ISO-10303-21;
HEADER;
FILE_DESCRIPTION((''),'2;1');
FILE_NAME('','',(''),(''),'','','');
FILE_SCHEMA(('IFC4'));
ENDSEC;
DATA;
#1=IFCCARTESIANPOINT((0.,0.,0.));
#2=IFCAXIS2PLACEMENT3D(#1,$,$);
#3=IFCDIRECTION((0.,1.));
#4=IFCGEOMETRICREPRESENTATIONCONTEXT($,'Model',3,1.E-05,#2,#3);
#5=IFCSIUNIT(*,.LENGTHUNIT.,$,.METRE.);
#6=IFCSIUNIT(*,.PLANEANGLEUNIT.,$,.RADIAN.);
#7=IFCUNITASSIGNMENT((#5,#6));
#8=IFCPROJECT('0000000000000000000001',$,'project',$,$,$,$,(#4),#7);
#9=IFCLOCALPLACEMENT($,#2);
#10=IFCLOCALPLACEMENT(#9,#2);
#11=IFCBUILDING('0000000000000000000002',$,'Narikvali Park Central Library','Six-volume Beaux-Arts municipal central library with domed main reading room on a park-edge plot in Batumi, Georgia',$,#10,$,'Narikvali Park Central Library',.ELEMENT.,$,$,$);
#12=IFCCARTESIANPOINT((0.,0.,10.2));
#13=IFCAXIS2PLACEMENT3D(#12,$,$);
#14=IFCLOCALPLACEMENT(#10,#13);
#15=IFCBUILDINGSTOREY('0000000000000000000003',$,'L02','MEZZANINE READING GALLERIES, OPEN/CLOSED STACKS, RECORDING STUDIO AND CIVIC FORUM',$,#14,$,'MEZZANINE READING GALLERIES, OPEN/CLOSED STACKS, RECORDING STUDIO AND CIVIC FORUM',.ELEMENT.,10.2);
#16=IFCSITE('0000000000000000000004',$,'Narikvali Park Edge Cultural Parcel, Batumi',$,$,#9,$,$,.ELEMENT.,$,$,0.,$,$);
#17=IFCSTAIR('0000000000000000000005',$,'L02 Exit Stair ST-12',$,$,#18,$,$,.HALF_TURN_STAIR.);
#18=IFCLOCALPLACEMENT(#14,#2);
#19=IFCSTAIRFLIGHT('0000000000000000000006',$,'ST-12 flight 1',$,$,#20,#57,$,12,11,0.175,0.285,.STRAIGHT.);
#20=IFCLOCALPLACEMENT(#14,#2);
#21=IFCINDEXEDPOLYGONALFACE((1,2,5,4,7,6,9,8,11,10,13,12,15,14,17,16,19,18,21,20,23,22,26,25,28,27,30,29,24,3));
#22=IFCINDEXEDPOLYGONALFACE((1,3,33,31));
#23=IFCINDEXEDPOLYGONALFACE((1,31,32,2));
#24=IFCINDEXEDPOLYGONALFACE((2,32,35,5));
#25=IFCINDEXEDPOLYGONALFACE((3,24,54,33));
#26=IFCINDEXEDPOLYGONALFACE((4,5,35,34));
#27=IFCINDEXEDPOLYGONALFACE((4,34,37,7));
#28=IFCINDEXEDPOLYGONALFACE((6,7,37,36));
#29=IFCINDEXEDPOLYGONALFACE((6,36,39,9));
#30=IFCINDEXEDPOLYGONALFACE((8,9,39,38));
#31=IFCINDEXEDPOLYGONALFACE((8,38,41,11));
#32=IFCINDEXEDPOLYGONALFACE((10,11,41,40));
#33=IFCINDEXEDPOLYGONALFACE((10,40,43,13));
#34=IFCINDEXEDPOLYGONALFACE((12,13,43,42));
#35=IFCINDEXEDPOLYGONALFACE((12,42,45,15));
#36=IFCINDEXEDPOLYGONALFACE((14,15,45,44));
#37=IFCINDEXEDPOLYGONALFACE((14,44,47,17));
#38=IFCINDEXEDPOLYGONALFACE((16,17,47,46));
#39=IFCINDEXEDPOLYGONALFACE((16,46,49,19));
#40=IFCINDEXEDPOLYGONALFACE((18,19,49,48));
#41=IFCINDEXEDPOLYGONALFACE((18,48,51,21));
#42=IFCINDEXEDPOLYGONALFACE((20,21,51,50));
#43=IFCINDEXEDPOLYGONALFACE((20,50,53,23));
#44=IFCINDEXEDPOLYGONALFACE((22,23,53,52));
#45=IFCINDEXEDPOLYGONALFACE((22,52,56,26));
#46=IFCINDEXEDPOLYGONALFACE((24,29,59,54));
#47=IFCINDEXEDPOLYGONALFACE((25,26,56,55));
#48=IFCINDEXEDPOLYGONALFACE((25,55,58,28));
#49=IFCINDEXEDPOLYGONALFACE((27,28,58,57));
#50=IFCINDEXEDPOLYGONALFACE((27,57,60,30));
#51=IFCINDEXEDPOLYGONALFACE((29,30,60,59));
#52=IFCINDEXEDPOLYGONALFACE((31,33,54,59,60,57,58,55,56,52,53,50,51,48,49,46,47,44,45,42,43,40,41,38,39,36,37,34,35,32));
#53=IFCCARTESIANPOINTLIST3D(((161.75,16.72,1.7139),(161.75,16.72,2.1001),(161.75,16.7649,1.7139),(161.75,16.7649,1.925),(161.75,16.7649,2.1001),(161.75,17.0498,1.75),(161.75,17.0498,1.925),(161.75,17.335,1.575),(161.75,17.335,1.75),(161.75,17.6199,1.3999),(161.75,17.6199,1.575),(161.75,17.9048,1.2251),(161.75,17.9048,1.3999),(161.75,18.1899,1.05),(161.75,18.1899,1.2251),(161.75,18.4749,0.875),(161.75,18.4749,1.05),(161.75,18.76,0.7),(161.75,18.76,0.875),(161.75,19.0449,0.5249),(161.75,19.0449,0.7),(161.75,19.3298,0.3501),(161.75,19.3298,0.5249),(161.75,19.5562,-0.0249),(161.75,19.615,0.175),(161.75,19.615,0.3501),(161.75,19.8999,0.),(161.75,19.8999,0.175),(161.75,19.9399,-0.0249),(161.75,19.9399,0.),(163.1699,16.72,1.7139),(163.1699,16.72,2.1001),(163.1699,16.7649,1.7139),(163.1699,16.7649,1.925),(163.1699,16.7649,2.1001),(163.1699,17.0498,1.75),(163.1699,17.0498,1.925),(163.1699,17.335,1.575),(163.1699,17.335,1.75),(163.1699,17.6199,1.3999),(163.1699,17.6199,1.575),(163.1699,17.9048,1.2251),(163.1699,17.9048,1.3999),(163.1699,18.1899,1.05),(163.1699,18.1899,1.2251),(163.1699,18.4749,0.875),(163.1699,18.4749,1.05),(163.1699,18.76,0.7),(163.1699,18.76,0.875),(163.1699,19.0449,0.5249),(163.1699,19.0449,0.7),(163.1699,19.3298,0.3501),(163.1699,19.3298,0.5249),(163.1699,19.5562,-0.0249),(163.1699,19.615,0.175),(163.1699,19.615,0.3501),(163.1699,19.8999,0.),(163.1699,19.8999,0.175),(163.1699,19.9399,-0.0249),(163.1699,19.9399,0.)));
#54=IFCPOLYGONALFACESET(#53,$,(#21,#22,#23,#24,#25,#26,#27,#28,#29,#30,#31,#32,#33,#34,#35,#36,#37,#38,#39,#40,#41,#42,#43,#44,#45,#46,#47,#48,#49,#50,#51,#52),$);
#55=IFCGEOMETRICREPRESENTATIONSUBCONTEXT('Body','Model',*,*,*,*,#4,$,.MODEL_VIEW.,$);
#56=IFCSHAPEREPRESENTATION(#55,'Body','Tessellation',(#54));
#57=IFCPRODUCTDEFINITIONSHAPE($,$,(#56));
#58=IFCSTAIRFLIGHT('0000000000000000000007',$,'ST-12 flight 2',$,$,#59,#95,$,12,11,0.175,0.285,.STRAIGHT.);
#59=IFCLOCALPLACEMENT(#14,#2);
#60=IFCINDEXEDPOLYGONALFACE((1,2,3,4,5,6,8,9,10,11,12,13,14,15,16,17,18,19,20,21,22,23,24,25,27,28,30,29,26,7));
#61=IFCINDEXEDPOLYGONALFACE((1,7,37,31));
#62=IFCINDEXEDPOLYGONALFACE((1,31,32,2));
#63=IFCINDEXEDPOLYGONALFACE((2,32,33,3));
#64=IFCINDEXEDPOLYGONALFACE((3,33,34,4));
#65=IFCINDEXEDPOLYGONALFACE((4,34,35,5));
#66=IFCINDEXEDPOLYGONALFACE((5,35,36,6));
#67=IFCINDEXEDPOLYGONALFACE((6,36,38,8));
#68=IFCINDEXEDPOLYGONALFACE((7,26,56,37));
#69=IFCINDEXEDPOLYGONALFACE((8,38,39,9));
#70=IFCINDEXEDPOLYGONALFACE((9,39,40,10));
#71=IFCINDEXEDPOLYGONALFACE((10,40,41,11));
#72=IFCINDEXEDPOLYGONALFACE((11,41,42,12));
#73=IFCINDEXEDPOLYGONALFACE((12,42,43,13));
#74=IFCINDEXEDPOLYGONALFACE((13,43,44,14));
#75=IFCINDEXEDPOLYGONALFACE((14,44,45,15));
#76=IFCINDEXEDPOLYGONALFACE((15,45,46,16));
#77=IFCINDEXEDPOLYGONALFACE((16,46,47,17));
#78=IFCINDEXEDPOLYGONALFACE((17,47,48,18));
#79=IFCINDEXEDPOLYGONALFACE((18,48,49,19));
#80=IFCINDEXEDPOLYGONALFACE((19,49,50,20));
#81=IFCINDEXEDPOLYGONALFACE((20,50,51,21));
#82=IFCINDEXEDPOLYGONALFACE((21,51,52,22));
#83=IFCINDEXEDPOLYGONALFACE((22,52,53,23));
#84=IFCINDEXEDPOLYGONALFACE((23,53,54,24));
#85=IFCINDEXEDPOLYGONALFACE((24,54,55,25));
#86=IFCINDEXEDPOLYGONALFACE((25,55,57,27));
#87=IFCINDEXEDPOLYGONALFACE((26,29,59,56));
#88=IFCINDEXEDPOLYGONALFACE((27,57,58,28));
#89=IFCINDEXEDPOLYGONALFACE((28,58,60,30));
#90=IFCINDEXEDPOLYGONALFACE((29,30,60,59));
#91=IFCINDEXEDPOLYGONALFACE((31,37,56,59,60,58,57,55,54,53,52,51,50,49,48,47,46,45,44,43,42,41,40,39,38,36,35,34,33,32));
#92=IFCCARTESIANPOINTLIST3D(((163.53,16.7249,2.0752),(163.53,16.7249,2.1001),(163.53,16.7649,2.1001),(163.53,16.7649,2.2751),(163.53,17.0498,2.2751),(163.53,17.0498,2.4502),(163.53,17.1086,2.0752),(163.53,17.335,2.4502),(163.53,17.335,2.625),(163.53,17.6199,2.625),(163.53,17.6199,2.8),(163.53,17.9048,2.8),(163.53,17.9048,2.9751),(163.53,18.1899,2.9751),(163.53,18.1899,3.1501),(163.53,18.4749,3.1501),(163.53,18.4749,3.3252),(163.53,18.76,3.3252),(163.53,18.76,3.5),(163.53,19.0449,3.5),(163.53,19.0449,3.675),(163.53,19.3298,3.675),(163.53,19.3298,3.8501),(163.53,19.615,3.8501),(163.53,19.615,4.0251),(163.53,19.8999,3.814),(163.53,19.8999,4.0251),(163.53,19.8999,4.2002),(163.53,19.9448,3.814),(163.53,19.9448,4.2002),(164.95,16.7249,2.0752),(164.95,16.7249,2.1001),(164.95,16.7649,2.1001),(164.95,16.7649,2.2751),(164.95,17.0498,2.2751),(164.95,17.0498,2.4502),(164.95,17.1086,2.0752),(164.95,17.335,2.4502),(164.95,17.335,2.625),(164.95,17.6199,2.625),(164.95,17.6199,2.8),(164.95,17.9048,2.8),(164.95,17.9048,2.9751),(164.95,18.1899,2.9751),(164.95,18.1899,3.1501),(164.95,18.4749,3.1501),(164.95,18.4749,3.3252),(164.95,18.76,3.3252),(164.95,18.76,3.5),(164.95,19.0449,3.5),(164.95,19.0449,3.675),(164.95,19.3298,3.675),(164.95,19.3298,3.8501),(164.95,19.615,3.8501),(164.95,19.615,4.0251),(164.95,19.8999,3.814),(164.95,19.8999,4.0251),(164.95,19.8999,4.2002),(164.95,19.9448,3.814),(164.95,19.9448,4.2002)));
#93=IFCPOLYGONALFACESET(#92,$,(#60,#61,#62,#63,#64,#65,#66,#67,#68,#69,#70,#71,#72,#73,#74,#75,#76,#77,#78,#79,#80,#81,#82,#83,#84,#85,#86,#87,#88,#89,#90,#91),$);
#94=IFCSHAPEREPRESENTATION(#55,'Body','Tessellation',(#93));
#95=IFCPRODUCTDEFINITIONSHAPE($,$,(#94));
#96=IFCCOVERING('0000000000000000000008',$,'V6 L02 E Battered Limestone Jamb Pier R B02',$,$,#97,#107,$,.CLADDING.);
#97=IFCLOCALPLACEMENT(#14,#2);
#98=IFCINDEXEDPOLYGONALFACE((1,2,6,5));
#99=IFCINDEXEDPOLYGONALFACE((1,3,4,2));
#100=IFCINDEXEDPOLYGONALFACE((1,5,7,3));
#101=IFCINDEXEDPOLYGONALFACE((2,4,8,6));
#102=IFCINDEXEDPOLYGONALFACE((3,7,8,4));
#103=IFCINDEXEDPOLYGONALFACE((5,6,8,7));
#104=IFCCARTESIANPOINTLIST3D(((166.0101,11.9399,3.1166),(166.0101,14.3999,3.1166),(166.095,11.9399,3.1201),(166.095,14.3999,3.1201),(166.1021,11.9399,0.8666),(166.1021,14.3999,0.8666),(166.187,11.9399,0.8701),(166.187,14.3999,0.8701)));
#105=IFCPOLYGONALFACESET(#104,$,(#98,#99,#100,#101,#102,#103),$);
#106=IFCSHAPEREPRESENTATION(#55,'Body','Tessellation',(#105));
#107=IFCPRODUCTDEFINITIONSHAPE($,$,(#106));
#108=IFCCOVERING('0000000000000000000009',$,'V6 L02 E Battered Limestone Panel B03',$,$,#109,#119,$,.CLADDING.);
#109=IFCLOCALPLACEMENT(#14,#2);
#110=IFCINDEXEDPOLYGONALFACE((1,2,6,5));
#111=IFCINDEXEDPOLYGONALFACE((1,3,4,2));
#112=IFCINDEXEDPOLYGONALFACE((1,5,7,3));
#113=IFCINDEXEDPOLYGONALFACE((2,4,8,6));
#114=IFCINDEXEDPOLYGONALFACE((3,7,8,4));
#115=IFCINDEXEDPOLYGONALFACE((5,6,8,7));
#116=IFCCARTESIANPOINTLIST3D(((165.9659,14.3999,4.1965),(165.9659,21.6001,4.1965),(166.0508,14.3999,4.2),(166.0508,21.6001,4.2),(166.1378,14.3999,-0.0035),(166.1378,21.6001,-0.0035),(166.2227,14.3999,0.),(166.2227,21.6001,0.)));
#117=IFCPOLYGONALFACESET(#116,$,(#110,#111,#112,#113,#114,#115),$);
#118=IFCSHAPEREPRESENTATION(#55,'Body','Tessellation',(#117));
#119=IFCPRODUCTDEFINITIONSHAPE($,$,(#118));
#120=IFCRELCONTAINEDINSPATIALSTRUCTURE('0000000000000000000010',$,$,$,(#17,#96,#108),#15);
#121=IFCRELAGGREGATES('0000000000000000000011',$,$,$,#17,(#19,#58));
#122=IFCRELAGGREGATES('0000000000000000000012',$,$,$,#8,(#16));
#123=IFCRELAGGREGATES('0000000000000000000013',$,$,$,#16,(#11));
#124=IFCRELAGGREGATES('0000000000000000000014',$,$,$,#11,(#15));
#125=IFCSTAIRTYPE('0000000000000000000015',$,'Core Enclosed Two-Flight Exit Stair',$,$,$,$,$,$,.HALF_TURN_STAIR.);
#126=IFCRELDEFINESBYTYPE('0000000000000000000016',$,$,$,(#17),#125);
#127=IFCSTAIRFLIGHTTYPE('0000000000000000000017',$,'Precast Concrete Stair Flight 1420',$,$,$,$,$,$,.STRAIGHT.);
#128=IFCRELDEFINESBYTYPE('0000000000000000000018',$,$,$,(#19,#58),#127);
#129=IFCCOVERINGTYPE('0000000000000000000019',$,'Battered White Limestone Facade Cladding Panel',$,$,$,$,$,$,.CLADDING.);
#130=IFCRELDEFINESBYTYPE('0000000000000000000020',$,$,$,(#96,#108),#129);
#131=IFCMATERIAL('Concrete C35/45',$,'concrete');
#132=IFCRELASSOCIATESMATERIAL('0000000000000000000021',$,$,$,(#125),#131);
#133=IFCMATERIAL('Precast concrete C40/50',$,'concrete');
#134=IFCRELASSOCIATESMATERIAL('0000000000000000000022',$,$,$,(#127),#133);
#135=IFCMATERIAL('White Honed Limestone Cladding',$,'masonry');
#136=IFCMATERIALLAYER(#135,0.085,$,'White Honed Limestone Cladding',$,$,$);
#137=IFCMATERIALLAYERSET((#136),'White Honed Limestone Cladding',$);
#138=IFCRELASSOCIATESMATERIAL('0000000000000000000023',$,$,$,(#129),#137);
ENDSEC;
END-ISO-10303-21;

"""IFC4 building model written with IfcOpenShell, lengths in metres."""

from ifc_helpers import new_model, si_unit, direction, frame, origin, place, context, subcontext, project, spatial, polyline, outline, extrude, material, layer, layer_set, type_object, element, aggregate, save


model = new_model("IFC4")

# Units and contexts
model_context = context("Model", 3, precision=1e-05, world=origin(), true_north=direction((0.0, 1.0)))
body_context = subcontext(model_context, "Body", "Model", "MODEL_VIEW")
ifc_project = project(units=[si_unit("LENGTHUNIT", "METRE"), si_unit("PLANEANGLEUNIT", "RADIAN")], contexts=[model_context])

# Site, building, storey
site_placement = place(None, origin())
site = spatial("IfcSite", under=ifc_project, at=site_placement, Name="Narikvali Park Edge Cultural Parcel, Batumi", CompositionType="ELEMENT", RefElevation=0.0)
building_placement = place(site_placement, origin())
building = spatial("IfcBuilding", under=site, at=building_placement, Name="Narikvali Park Central Library", Description="Six-volume Beaux-Arts municipal central library with domed main reading room on a park-edge plot in Batumi, Georgia", LongName="Narikvali Park Central Library", CompositionType="ELEMENT")
storey_placement = place(building_placement, frame((0.0, 0.0, 10.2)))
storey = spatial("IfcBuildingStorey", under=building, at=storey_placement, Name="L02", Description="MEZZANINE READING GALLERIES, OPEN/CLOSED STACKS, RECORDING STUDIO AND CIVIC FORUM", LongName="MEZZANINE READING GALLERIES, OPEN/CLOSED STACKS, RECORDING STUDIO AND CIVIC FORUM", CompositionType="ELEMENT", Elevation=10.2)

# Stair, stair flights
ifc_material_1 = material(Name="Concrete C35/45", Category="concrete")
stair_type = type_object("IfcStairType", Name="Core Enclosed Two-Flight Exit Stair", PredefinedType="HALF_TURN_STAIR", material=ifc_material_1)
stair_placement = place(storey_placement, origin())
stair = element("IfcStair", 1, at=stair_placement, inside=storey, type_object=stair_type, Name="L02 Exit Stair ST-12", PredefinedType="HALF_TURN_STAIR")
ifc_material_2 = material(Name="Precast concrete C40/50", Category="concrete")
stair_flight_type = type_object("IfcStairFlightType", Name="Precast Concrete Stair Flight 1420", PredefinedType="STRAIGHT", material=ifc_material_2)
stair_flight_1_placement = place(storey_placement, frame((162.46, 19.8999, 0.0), z_axis=(0.0, 0.0, 1.0), x_axis=(0.0, -1.0, 0.0)))
stair_flight_1 = element("IfcStairFlight", 2, at=stair_flight_1_placement, type_object=stair_flight_type, Name="ST-12 flight 1", NumberOfRisers=12, NumberOfTreads=11, PredefinedType="STRAIGHT", RiserHeight=0.175, TreadLength=0.285, context=body_context, shape_type="SweptSolid", body=[
    extrude(outline(polyline([(-0.04, -0.0249), (-0.04, 0.0), (0.0, 0.0), (0.0, 0.175), (0.2849, 0.175), (0.2849, 0.3501), (0.5701, 0.3501), (0.5701, 0.5249), (0.855, 0.5249), (0.855, 0.7), (1.1399, 0.7), (1.1399, 0.875), (1.425, 0.875), (1.425, 1.05), (1.71, 1.05), (1.71, 1.2251), (1.9951, 1.2251), (1.9951, 1.3999), (2.28, 1.3999), (2.28, 1.575), (2.5649, 1.575), (2.5649, 1.75), (2.8501, 1.75), (2.8501, 1.925), (3.135, 1.925), (3.135, 2.1001), (3.1799, 2.1001), (3.1799, 1.7139), (3.135, 1.7139), (0.3438, -0.0249), (-0.04, -0.0249)])), frame((0.0, 0.71, 0.0), z_axis=(0.0, -1.0, 0.0), x_axis=(1.0, 0.0, 0.0)), (0.0, 0.0, 1.0), 1.4199),
])
stair_flight_2_placement = place(storey_placement, frame((164.24, 16.7649, 2.1001), z_axis=(0.0, 0.0, 1.0), x_axis=(0.0, 1.0, 0.0)))
stair_flight_2 = element("IfcStairFlight", 3, at=stair_flight_2_placement, type_object=stair_flight_type, Name="ST-12 flight 2", NumberOfRisers=12, NumberOfTreads=11, PredefinedType="STRAIGHT", RiserHeight=0.175, TreadLength=0.285, context=body_context, shape_type="SweptSolid", body=[
    extrude(outline(polyline([(-0.04, -0.0249), (-0.04, 0.0), (0.0, 0.0), (0.0, 0.175), (0.2849, 0.175), (0.2849, 0.3501), (0.5701, 0.3501), (0.5701, 0.5249), (0.855, 0.5249), (0.855, 0.7), (1.1399, 0.7), (1.1399, 0.875), (1.425, 0.875), (1.425, 1.05), (1.71, 1.05), (1.71, 1.2251), (1.9951, 1.2251), (1.9951, 1.3999), (2.28, 1.3999), (2.28, 1.575), (2.5649, 1.575), (2.5649, 1.75), (2.8501, 1.75), (2.8501, 1.925), (3.135, 1.925), (3.135, 2.1001), (3.1799, 2.1001), (3.1799, 1.7139), (3.135, 1.7139), (0.3438, -0.0249), (-0.04, -0.0249)])), frame((0.0, 0.71, 0.0), z_axis=(0.0, -1.0, 0.0), x_axis=(1.0, 0.0, 0.0)), (0.0, 0.0, 1.0), 1.4199),
])
aggregate(stair, [stair_flight_1, stair_flight_2])

# Coverings
ifc_material_3 = material(Name="White Honed Limestone Cladding", Category="masonry")
ifc_layer_1 = layer(ifc_material_3, 0.085, Name="White Honed Limestone Cladding")
ifc_layer_set_1 = layer_set([ifc_layer_1], Name="White Honed Limestone Cladding")
covering_type = type_object("IfcCoveringType", Name="Battered White Limestone Facade Cladding Panel", PredefinedType="CLADDING", material=ifc_layer_set_1)
covering_1_placement = place(storey_placement, frame((166.187, 11.9399, 0.8701), z_axis=(0.999164, 0.0, 0.040873), x_axis=(0.0, 1.0, 0.0)))
element("IfcCovering", 4, at=covering_1_placement, inside=storey, type_object=covering_type, Name="V6 L02 E Battered Limestone Jamb Pier R B02", PredefinedType="CLADDING", context=body_context, shape_type="SweptSolid", body=[
    extrude(outline(polyline([(0.0, 0.0), (2.46, 0.0), (2.46, 2.2519), (0.0, 2.2519), (0.0, 0.0)])), origin(), (0.0, 0.0, -1.0), 0.085),
])
covering_2_placement = place(storey_placement, frame((166.2227, 14.3999, 0.0), z_axis=(0.999164, 0.0, 0.040889), x_axis=(0.0, 1.0, 0.0)))
element("IfcCovering", 5, at=covering_2_placement, inside=storey, type_object=covering_type, Name="V6 L02 E Battered Limestone Panel B03", PredefinedType="CLADDING", context=body_context, shape_type="SweptSolid", body=[
    extrude(outline(polyline([(0.0, 0.0), (7.2002, 0.0), (7.2002, 4.2035), (0.0, 4.2035), (0.0, 0.0)])), origin(), (0.0, 0.0, -1.0), 0.085),
])

save(model, "model.ifc")
